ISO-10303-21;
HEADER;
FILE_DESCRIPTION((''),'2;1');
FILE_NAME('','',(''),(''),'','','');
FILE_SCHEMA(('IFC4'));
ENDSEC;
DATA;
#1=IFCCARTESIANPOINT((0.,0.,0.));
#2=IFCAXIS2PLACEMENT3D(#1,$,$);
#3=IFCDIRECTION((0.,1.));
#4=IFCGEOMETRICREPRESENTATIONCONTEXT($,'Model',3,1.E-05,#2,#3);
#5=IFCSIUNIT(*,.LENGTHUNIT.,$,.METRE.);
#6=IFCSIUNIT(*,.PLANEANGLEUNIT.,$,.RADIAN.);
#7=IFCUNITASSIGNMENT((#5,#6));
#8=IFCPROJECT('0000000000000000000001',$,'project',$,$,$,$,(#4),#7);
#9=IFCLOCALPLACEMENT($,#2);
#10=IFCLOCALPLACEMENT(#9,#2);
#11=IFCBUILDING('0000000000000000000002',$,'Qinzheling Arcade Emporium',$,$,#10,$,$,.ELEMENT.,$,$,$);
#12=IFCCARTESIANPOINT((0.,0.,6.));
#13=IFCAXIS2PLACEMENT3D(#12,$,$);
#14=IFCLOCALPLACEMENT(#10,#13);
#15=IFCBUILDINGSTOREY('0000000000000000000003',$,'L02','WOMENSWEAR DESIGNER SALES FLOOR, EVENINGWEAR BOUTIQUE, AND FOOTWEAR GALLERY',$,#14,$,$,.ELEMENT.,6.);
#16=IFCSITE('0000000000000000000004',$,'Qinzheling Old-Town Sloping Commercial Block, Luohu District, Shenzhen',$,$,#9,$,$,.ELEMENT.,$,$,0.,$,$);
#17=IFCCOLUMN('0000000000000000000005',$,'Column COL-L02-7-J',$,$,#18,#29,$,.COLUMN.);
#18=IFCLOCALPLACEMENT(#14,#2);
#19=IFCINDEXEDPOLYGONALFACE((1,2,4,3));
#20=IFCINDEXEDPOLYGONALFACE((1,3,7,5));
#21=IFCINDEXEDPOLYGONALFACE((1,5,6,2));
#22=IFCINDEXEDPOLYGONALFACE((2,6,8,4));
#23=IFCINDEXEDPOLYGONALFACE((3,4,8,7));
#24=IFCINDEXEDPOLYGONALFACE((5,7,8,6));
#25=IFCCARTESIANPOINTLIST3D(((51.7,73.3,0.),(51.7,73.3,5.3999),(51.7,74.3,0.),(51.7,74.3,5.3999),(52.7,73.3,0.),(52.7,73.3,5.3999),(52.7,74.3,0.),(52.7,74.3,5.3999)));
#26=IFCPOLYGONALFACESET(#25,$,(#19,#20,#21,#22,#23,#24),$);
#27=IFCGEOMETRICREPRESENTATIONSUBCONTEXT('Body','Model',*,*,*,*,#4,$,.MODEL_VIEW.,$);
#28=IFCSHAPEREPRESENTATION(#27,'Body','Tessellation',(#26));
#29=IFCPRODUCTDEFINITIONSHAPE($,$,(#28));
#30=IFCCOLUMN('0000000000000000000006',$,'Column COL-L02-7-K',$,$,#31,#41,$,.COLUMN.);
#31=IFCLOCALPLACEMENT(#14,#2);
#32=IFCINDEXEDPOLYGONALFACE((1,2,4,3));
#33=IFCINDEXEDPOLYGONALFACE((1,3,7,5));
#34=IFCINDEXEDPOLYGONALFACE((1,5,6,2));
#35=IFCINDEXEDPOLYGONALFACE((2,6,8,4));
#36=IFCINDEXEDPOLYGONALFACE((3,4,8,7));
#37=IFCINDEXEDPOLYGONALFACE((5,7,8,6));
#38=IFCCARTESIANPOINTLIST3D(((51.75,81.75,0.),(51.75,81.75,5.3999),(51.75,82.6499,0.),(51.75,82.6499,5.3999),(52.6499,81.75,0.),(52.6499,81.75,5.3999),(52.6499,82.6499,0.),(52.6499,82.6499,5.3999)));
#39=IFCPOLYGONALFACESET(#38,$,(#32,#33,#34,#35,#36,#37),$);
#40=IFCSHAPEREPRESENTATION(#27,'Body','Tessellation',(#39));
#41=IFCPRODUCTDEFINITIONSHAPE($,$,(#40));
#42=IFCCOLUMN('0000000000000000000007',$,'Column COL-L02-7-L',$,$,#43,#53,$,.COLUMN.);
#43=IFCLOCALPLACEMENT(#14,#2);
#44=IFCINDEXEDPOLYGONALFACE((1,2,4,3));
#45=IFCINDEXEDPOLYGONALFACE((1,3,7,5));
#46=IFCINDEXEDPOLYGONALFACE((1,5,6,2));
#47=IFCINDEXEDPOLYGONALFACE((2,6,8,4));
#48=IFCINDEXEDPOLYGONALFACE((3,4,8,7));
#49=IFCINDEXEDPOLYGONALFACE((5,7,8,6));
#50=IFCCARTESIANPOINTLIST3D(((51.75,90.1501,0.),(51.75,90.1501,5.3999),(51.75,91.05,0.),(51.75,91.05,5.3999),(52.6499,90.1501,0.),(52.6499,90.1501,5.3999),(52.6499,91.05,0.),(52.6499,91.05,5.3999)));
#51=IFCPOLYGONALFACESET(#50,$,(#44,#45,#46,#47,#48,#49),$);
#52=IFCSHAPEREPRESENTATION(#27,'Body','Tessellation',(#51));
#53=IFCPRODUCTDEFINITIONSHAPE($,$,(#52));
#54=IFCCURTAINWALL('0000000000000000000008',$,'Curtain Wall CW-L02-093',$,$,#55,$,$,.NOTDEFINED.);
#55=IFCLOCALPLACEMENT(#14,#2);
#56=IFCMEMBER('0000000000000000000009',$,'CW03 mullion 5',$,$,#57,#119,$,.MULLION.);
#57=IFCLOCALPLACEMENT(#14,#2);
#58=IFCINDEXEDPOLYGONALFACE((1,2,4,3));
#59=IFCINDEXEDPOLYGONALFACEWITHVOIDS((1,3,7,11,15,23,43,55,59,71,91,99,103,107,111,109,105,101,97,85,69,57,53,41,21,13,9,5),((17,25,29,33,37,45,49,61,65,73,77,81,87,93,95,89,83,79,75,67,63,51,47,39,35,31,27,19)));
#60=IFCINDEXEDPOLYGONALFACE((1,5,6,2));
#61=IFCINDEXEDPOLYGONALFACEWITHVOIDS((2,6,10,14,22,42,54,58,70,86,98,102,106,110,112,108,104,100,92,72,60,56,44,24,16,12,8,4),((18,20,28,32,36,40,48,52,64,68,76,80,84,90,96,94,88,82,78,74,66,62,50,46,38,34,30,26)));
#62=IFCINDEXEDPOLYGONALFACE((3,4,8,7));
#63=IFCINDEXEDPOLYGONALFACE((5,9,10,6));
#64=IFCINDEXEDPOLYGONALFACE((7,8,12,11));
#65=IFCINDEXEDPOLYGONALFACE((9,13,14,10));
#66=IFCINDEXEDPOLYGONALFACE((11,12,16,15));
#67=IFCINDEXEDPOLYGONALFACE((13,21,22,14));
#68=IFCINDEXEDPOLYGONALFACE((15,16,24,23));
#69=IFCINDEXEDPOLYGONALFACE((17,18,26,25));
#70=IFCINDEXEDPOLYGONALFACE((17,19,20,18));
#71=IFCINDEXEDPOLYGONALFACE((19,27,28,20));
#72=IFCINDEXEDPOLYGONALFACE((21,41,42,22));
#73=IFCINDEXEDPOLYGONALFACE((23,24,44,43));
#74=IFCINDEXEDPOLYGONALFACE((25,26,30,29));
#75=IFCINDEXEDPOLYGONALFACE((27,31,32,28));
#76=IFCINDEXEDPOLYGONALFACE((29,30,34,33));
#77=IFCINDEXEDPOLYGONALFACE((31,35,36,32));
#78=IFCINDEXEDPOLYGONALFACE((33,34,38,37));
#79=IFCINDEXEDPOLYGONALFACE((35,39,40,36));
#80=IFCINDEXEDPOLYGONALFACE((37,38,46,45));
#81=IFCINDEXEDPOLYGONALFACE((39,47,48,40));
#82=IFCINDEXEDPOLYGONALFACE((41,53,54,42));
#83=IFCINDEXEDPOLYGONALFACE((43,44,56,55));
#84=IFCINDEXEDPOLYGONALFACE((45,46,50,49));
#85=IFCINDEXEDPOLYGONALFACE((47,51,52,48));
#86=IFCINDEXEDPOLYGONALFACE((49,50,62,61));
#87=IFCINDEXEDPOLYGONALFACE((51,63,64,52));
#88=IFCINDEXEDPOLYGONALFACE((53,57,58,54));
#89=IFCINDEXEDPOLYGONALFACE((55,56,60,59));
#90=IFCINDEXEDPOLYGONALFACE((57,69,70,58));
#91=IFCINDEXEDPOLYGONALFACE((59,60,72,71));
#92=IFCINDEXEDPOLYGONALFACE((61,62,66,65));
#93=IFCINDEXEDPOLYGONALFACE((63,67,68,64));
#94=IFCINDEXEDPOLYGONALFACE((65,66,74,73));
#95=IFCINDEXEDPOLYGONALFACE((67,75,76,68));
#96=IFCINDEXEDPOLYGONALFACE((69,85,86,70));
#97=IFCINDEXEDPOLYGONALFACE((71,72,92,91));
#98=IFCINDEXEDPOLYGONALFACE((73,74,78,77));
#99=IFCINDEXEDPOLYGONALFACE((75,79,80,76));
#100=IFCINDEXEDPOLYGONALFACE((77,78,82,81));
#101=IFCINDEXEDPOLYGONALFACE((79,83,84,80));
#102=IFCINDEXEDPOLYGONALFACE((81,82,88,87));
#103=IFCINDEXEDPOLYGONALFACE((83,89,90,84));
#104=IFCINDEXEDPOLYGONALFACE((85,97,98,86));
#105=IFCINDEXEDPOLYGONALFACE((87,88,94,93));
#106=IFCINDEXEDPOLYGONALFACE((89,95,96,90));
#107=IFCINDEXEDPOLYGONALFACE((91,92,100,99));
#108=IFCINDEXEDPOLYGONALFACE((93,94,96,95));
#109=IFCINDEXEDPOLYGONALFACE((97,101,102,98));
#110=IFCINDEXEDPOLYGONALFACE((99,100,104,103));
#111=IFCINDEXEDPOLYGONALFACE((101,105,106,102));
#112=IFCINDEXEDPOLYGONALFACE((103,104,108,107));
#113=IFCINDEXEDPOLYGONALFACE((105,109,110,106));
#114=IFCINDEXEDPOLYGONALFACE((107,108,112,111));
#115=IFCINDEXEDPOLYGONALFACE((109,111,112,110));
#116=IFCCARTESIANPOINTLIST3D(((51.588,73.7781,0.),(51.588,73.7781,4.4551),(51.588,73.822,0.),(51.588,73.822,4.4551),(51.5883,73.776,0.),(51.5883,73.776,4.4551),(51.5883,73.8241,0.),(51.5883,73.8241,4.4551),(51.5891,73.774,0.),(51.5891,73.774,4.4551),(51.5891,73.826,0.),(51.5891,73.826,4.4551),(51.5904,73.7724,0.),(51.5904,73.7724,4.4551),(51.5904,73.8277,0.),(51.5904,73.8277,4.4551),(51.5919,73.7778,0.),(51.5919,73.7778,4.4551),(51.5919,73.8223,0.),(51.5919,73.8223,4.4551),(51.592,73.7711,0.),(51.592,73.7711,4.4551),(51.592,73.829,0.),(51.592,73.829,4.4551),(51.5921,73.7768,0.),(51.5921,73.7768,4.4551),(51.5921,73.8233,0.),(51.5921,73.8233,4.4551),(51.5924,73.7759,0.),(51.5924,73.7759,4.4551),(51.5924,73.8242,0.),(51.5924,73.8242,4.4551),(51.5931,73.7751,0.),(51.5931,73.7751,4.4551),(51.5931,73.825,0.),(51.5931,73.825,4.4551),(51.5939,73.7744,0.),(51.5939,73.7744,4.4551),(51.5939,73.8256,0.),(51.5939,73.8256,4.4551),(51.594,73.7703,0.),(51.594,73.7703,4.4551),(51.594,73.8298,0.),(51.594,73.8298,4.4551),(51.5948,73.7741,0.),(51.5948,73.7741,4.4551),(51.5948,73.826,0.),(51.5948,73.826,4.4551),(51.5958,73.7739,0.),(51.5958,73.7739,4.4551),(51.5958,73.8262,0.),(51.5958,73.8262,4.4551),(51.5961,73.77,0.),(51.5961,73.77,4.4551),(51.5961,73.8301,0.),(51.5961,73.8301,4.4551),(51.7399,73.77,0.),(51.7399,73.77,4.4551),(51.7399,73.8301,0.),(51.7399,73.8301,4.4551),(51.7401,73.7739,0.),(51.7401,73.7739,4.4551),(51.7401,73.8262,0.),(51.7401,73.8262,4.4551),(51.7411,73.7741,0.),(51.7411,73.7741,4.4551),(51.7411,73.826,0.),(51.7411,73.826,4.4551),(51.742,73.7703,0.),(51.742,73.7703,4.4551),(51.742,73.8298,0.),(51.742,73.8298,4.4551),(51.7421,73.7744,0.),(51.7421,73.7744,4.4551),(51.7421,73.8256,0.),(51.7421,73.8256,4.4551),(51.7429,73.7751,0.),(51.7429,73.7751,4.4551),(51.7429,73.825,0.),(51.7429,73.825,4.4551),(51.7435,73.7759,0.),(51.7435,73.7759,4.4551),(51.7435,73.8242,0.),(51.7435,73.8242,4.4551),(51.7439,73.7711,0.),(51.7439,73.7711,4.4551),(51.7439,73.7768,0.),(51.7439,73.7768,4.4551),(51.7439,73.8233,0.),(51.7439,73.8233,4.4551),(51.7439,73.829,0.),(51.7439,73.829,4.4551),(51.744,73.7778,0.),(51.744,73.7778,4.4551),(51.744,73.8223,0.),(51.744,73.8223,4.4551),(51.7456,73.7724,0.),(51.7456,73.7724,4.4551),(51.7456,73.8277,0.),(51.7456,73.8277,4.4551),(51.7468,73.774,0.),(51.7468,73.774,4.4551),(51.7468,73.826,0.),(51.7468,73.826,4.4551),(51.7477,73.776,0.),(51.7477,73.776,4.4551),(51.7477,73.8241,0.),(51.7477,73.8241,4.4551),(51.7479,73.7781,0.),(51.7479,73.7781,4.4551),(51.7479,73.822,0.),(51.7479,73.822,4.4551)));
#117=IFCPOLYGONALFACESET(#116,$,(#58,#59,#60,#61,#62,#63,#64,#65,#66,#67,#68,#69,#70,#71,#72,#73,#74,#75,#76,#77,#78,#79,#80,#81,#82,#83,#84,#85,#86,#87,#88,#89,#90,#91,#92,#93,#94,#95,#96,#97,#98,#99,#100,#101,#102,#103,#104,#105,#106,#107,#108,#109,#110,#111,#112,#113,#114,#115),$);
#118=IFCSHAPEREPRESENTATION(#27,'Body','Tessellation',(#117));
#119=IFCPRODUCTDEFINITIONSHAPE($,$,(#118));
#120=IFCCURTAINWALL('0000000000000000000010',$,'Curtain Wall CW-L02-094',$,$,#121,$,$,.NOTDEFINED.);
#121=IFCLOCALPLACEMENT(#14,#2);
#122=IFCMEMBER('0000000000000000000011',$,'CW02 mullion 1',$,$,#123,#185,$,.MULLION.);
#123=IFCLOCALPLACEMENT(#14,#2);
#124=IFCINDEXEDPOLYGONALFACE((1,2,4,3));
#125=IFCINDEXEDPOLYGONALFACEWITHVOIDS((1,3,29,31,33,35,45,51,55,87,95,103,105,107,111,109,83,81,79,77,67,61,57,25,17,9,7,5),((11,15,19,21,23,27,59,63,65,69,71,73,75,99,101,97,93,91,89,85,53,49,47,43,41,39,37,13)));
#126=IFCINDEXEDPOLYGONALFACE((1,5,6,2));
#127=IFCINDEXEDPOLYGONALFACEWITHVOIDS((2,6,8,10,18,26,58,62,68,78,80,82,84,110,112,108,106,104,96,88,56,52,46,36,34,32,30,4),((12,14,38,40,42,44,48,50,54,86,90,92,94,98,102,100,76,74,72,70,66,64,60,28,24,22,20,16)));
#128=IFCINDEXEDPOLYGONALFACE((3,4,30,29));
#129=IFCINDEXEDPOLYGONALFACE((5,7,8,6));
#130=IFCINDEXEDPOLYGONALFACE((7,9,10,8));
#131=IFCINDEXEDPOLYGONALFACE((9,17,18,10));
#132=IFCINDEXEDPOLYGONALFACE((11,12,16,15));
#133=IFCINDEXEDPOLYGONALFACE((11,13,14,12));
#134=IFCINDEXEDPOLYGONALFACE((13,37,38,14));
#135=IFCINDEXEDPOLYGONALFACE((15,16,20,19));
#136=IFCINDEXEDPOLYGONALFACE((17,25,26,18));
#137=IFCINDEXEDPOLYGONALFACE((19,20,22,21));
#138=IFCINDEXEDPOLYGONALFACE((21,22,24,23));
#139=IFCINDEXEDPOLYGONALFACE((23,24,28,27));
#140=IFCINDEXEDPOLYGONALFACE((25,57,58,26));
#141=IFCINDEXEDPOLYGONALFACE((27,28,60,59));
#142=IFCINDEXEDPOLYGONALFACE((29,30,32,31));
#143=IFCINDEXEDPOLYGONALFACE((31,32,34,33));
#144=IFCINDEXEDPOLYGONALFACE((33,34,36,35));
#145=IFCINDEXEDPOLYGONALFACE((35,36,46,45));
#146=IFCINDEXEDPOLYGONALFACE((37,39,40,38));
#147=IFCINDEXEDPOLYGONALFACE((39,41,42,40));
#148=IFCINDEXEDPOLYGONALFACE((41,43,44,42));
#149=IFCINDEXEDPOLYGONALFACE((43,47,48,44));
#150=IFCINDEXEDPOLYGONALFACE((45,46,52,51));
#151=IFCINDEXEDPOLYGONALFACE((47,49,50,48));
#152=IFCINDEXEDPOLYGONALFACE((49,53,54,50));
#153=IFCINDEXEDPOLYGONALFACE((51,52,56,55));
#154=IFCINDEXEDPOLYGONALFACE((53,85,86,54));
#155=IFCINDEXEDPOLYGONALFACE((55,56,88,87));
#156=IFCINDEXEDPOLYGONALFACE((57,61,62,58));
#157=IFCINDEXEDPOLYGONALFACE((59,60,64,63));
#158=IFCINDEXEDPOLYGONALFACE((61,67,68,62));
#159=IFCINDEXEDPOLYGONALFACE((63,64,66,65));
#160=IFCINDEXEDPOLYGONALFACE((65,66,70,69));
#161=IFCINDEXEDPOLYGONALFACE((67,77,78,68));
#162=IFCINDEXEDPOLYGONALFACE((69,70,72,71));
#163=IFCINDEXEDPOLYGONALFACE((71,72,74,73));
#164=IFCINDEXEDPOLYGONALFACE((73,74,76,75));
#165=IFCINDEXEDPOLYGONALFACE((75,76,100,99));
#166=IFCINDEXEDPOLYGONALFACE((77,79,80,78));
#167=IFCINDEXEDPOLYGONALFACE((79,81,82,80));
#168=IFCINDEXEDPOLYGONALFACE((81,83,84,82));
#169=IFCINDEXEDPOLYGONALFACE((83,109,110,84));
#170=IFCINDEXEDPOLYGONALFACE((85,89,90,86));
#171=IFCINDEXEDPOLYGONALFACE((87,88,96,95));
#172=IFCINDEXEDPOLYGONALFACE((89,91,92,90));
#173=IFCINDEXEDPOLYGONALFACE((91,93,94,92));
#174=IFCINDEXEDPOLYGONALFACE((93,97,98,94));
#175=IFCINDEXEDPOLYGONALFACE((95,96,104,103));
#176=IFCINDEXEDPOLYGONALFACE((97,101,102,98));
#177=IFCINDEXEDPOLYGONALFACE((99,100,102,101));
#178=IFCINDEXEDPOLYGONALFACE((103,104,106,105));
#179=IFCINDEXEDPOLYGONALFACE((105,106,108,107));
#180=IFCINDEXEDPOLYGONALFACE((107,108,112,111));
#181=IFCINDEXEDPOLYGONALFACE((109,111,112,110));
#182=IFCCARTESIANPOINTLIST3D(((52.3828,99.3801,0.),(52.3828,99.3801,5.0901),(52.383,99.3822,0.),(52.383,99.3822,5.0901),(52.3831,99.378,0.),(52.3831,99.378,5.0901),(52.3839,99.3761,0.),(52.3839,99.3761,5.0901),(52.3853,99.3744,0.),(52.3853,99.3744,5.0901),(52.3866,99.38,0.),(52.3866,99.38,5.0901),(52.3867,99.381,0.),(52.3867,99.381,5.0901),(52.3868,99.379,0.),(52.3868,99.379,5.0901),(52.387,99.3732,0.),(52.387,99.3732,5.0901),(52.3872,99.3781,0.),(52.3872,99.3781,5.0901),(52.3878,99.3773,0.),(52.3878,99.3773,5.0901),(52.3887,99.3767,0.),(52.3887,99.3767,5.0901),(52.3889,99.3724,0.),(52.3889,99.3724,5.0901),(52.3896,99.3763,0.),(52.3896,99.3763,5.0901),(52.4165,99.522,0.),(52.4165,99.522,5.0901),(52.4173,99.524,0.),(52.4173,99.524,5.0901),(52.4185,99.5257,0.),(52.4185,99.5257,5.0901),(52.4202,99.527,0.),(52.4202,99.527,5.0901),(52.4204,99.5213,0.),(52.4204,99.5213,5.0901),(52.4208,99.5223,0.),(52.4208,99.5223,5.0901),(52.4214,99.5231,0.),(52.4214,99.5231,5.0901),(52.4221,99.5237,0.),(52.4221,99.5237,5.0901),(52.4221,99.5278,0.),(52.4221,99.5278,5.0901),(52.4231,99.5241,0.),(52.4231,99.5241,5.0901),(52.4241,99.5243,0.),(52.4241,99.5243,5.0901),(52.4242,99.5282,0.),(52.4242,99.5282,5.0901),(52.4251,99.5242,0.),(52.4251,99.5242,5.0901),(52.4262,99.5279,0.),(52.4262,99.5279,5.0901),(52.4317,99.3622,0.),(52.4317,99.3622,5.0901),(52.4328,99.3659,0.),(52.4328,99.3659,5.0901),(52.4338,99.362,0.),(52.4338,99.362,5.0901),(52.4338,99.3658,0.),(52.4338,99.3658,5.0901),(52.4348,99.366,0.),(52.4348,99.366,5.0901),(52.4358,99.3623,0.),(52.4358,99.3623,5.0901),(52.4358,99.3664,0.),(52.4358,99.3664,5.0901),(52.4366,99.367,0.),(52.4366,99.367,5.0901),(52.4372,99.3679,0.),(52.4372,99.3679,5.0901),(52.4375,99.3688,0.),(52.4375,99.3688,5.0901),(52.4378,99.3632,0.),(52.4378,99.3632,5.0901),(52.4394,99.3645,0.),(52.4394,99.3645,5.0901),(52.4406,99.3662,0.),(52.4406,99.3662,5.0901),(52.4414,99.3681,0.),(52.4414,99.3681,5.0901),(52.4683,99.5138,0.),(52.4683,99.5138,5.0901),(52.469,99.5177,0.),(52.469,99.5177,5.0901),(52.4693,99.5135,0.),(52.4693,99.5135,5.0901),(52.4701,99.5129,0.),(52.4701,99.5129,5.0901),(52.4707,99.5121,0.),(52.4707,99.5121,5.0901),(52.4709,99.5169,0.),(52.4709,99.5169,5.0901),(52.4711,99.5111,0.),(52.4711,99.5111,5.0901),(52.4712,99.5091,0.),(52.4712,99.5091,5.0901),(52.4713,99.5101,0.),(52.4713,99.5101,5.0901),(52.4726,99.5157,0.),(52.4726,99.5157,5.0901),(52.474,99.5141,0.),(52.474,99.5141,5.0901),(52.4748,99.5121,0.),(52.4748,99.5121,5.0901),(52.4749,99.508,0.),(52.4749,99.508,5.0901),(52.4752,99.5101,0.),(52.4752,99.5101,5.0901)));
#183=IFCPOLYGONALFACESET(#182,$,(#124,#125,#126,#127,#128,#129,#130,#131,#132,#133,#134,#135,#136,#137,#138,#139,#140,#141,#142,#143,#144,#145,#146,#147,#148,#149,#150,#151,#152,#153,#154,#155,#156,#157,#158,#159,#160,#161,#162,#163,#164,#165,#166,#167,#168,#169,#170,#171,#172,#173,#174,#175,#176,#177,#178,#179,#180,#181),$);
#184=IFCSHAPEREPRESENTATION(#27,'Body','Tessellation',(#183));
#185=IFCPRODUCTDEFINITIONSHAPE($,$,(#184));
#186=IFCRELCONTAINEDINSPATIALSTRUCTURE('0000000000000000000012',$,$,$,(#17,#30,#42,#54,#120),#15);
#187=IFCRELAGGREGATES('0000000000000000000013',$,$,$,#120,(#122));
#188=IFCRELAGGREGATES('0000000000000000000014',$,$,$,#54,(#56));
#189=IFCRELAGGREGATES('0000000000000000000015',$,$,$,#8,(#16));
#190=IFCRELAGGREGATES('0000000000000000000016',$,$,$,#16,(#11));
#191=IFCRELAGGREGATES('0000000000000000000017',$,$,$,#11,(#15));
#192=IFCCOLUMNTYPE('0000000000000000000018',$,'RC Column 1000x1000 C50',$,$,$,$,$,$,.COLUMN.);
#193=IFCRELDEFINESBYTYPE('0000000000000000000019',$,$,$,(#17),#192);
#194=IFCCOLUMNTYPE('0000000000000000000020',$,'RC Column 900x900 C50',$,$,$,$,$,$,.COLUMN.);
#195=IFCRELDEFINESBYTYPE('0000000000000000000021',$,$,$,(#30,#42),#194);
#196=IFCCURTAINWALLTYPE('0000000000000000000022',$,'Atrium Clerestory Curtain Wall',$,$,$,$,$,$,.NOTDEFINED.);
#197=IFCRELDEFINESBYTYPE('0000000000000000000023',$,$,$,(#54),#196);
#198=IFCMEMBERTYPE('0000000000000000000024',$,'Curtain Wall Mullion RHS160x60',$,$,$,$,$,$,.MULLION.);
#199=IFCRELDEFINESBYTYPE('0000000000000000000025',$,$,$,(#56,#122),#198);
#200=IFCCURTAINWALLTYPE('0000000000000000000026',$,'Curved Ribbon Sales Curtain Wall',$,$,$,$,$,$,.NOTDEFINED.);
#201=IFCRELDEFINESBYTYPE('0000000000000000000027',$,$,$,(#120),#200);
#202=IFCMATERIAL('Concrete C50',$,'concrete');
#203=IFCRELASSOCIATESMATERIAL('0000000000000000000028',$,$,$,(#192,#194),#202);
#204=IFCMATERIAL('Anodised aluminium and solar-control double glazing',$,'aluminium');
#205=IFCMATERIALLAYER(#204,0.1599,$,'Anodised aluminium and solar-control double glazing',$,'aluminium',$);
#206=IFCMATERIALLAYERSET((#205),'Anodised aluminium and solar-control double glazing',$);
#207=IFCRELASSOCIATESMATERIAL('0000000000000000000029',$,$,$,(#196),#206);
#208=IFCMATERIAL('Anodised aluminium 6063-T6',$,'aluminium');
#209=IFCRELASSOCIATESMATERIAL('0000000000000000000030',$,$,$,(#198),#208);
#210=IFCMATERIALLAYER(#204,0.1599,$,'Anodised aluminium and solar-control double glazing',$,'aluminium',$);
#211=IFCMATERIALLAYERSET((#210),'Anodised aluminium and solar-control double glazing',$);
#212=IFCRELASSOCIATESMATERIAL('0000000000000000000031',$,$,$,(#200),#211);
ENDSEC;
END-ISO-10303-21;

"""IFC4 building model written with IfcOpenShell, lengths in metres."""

from ifc_helpers import new_model, si_unit, direction, frame, origin, origin_2d, place, context, subcontext, project, spatial, rectangle, hollow_rectangle, extrude, material, layer, layer_set, material_profile, profile_set, type_object, element, aggregate, save


model = new_model("IFC4")

# Units and contexts
model_context = context("Model", 3, precision=1e-05, world=origin(), true_north=direction((0.0, 1.0)))
body_context = subcontext(model_context, "Body", "Model", "MODEL_VIEW")
ifc_project = project(units=[si_unit("LENGTHUNIT", "METRE"), si_unit("PLANEANGLEUNIT", "RADIAN")], contexts=[model_context])

# Site, building, storey
site_placement = place(None, origin())
site = spatial("IfcSite", under=ifc_project, at=site_placement, Name="Qinzheling Old-Town Sloping Commercial Block, Luohu District, Shenzhen", CompositionType="ELEMENT", RefElevation=0.0)
building_placement = place(site_placement, origin())
building = spatial("IfcBuilding", under=site, at=building_placement, Name="Qinzheling Arcade Emporium", CompositionType="ELEMENT")
storey_placement = place(building_placement, frame((0.0, 0.0, 6.0)))
storey = spatial("IfcBuildingStorey", under=building, at=storey_placement, Name="L02", Description="WOMENSWEAR DESIGNER SALES FLOOR, EVENINGWEAR BOUTIQUE, AND FOOTWEAR GALLERY", CompositionType="ELEMENT", Elevation=6.0)

# Columns
ifc_material_1 = material(Name="Concrete C50", Category="concrete")
ifc_material_profile_1 = material_profile(ifc_material_1, rectangle(XDim=1.0, YDim=1.0, at=origin_2d()), Name="RC 1000x1000", Category="concrete")
ifc_profile_set_1 = profile_set([ifc_material_profile_1], Name="Concrete C50")
column_type_1 = type_object("IfcColumnType", Name="RC Column 1000x1000 C50", PredefinedType="COLUMN", material=ifc_profile_set_1)
column_placement = place(storey_placement, frame((52.2, 73.8, 0.0), z_axis=(0.0, 0.0, 1.0), x_axis=(1.0, 0.0, 0.0)))
element("IfcColumn", 1, at=column_placement, inside=storey, type_object=column_type_1, Name="Column COL-L02-7-J", PredefinedType="COLUMN", context=body_context, shape_type="SweptSolid", body=[
    extrude(rectangle(XDim=1.0, YDim=1.0, at=origin_2d()), origin(), (0.0, 0.0, 1.0), 5.3999),
])
ifc_material_profile_2 = material_profile(ifc_material_1, rectangle(XDim=0.8999, YDim=0.8999, at=origin_2d()), Name="RC 900x900", Category="concrete")
ifc_profile_set_2 = profile_set([ifc_material_profile_2], Name="Concrete C50")
column_type_2 = type_object("IfcColumnType", Name="RC Column 900x900 C50", PredefinedType="COLUMN", material=ifc_profile_set_2)
for number, where, z_axis, x_axis, name in (
    (2, (52.2, 82.2, 0.0), (0.0, 0.0, 1.0), (1.0, 0.0, 0.0), "Column COL-L02-7-K"),
    (3, (52.2, 90.6001, 0.0), (0.0, 0.0, 1.0), (1.0, 0.0, 0.0), "Column COL-L02-7-L"),
):
    element("IfcColumn", number, at=place(storey_placement, frame(where, z_axis=z_axis, x_axis=x_axis)), inside=storey, type_object=column_type_2, Name=name, PredefinedType="COLUMN", context=body_context, shape_type="SweptSolid", body=[
        extrude(rectangle(XDim=0.8999, YDim=0.8999, at=origin_2d()), origin(), (0.0, 0.0, 1.0), 5.3999),
    ])

# Curtain wall, member
ifc_material_2 = material(Name="Anodised aluminium and solar-control double glazing", Category="aluminium")
ifc_layer_1 = layer(ifc_material_2, 0.1599, Name="Anodised aluminium and solar-control double glazing", Category="aluminium")
ifc_layer_set_1 = layer_set([ifc_layer_1], Name="Anodised aluminium and solar-control double glazing")
curtain_wall_type_1 = type_object("IfcCurtainWallType", Name="Atrium Clerestory Curtain Wall", PredefinedType="NOTDEFINED", material=ifc_layer_set_1)
curtain_wall_1_placement = place(storey_placement, origin())
curtain_wall_1 = element("IfcCurtainWall", 4, at=curtain_wall_1_placement, inside=storey, type_object=curtain_wall_type_1, Name="Curtain Wall CW-L02-093", PredefinedType="NOTDEFINED")
ifc_material_3 = material(Name="Anodised aluminium 6063-T6", Category="aluminium")
ifc_material_profile_3 = material_profile(ifc_material_3, hollow_rectangle(XDim=0.0601, YDim=0.1599, WallThickness=0.0039, InnerFilletRadius=0.0039, OuterFilletRadius=0.0081, at=origin_2d()), Name="RHS 160x60x4", Category="aluminium")
ifc_profile_set_3 = profile_set([ifc_material_profile_3], Name="Anodised aluminium 6063-T6")
member_type_1 = type_object("IfcMemberType", Name="Curtain Wall Mullion RHS160x60", PredefinedType="MULLION", material=ifc_profile_set_3)
member_1_placement = place(storey_placement, frame((51.668, 73.8, 0.0), z_axis=(0.0, 0.0, 1.0), x_axis=(0.0, 1.0, 0.0)))
member_1 = element("IfcMember", 5, at=member_1_placement, type_object=member_type_1, Name="CW03 mullion 5", PredefinedType="MULLION", context=body_context, shape_type="SweptSolid", body=[
    extrude(hollow_rectangle(XDim=0.0601, YDim=0.1599, WallThickness=0.0039, InnerFilletRadius=0.0039, OuterFilletRadius=0.0081, at=origin_2d()), origin(), (0.0, 0.0, 1.0), 4.4551),
])

# Curtain wall, member
ifc_layer_2 = layer(ifc_material_2, 0.1599, Name="Anodised aluminium and solar-control double glazing", Category="aluminium")
ifc_layer_set_2 = layer_set([ifc_layer_2], Name="Anodised aluminium and solar-control double glazing")
curtain_wall_type_2 = type_object("IfcCurtainWallType", Name="Curved Ribbon Sales Curtain Wall", PredefinedType="NOTDEFINED", material=ifc_layer_set_2)
curtain_wall_2_placement = place(storey_placement, origin())
curtain_wall_2 = element("IfcCurtainWall", 6, at=curtain_wall_2_placement, inside=storey, type_object=curtain_wall_type_2, Name="Curtain Wall CW-L02-094", PredefinedType="NOTDEFINED")
member_2_placement = place(storey_placement, frame((52.429, 99.4451, 0.0), z_axis=(0.0, 0.0, 1.0), x_axis=(-0.972391, 0.23336, 0.0)))
member_2 = element("IfcMember", 7, at=member_2_placement, type_object=member_type_1, Name="CW02 mullion 1", PredefinedType="MULLION", context=body_context, shape_type="SweptSolid", body=[
    extrude(hollow_rectangle(XDim=0.0601, YDim=0.1599, WallThickness=0.0039, InnerFilletRadius=0.0039, OuterFilletRadius=0.0081, at=origin_2d()), origin(), (0.0, 0.0, 1.0), 5.0901),
])
aggregate(curtain_wall_2, [member_2])

aggregate(curtain_wall_1, [member_1])

save(model, "model.ifc")
